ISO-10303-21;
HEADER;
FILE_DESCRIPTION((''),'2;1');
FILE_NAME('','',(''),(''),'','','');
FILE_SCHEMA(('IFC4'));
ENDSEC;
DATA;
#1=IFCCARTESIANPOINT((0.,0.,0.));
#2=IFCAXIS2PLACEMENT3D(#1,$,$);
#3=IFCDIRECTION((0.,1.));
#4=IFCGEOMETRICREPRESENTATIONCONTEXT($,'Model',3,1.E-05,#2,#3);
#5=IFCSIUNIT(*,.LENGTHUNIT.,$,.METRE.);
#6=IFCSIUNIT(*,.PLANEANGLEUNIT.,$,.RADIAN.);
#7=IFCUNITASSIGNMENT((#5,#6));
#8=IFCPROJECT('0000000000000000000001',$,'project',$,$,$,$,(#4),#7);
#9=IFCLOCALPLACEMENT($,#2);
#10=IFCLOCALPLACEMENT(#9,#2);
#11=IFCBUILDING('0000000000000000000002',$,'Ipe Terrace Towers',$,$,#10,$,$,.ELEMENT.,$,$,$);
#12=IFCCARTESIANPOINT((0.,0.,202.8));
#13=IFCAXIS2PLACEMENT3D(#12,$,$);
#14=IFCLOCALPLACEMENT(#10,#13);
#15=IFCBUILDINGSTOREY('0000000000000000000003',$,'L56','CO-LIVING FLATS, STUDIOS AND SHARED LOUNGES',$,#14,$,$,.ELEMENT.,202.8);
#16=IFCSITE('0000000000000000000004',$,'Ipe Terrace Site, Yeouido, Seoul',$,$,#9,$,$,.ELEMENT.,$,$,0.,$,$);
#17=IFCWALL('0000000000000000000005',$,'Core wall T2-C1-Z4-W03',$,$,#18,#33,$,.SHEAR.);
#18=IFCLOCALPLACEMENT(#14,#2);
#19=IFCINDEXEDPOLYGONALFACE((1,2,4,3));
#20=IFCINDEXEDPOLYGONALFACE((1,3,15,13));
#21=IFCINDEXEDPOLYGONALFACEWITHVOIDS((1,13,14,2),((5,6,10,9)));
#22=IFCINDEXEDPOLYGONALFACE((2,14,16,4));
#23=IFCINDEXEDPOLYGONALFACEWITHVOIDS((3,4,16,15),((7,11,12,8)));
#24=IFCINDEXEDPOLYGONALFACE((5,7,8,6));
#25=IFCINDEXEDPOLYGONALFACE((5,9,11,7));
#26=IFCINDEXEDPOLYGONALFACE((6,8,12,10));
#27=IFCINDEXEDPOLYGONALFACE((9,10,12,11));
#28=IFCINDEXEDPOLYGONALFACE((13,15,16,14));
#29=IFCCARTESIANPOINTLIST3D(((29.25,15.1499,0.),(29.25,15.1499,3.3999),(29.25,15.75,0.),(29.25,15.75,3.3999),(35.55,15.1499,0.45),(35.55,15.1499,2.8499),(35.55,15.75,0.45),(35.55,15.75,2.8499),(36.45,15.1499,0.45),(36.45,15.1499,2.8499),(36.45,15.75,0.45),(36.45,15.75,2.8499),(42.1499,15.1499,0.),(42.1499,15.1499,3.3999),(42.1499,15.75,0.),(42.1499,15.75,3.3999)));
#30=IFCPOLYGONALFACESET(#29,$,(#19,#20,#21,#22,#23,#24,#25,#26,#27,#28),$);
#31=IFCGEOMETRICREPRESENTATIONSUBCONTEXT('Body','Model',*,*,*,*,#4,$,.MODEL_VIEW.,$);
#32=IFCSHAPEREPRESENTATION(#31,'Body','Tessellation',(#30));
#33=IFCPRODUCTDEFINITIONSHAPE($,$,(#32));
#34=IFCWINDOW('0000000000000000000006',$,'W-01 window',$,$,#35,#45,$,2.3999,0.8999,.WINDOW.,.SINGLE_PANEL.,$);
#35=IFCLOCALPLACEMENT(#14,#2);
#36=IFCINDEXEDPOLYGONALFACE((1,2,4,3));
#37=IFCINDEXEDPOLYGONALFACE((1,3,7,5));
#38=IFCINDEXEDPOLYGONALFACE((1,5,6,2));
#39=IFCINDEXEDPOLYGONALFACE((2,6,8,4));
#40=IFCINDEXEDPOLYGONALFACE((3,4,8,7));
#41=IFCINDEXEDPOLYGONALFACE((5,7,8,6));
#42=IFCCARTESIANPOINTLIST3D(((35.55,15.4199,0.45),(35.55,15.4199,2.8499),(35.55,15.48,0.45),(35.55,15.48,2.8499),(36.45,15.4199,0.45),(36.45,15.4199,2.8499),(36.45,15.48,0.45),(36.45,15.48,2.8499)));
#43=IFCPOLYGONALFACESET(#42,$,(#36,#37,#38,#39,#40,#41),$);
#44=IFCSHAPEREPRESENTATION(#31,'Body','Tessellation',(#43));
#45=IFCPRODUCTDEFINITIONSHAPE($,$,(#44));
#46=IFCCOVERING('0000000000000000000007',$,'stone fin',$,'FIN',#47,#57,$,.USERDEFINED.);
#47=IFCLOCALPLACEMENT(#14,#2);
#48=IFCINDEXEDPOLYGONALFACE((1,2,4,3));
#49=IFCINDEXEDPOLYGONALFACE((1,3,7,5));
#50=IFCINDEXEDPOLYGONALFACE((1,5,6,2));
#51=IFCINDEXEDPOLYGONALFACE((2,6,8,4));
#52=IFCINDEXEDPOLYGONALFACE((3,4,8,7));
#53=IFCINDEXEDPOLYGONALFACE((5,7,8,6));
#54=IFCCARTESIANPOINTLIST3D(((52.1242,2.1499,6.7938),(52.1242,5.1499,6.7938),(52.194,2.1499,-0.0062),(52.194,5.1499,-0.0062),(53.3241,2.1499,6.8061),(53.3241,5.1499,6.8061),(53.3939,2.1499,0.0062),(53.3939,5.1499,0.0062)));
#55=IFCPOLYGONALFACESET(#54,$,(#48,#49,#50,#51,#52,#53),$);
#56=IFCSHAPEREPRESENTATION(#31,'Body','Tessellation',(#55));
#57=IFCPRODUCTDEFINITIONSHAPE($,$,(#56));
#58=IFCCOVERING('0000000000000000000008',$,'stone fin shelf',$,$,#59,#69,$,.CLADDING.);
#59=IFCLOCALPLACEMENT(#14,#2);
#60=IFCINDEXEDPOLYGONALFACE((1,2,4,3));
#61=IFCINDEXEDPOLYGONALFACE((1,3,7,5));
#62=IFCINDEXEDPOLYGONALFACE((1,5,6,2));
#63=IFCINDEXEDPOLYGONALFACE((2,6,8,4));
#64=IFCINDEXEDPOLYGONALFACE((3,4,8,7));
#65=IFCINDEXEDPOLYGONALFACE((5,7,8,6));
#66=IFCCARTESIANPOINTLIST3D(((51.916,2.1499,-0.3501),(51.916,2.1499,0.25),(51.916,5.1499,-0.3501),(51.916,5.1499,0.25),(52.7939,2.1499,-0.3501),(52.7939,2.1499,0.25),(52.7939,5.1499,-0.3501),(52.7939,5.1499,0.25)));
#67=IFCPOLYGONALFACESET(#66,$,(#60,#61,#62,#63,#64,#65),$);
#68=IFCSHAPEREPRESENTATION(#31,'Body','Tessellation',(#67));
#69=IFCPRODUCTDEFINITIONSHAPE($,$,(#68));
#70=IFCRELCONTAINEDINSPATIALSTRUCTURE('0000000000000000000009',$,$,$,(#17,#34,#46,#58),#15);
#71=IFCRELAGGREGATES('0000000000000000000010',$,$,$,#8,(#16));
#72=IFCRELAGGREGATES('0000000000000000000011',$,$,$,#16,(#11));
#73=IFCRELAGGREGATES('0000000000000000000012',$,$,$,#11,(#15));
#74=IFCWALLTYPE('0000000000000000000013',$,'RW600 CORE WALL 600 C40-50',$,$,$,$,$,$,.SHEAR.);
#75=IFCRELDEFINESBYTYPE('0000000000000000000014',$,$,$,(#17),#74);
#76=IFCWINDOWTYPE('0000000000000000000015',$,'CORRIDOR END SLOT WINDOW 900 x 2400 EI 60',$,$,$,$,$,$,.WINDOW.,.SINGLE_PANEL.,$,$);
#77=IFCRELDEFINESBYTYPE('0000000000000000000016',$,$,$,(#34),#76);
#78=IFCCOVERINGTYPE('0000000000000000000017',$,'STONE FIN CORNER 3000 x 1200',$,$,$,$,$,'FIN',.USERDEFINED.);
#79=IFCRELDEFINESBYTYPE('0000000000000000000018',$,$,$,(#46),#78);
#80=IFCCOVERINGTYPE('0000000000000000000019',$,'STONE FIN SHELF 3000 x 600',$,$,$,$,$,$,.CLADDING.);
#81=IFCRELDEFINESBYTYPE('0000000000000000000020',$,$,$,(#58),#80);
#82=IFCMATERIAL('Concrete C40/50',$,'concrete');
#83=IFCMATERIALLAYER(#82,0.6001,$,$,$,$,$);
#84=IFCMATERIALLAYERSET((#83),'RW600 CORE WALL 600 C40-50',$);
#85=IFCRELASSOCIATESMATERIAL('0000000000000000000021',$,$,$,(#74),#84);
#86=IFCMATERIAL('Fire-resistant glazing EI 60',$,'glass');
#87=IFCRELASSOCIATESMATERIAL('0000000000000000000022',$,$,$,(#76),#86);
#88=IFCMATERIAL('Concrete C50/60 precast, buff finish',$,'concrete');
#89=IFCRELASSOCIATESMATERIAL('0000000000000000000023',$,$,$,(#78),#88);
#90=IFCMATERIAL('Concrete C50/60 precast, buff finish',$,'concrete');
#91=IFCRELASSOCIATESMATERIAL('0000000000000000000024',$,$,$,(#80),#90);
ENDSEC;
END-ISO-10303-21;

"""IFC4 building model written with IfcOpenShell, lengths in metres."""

from ifc_helpers import new_model, si_unit, direction, frame, frame_2d, origin, origin_2d, place, context, subcontext, project, spatial, rectangle, extrude, material, layer, layer_set, material_profile, profile_set, type_object, element, fill, save


model = new_model("IFC4")

# Units and contexts
model_context = context("Model", 3, precision=1e-05, world=origin(), true_north=direction((0.0, 1.0)))
body_context = subcontext(model_context, "Body", "Model", "MODEL_VIEW")
ifc_project = project(units=[si_unit("LENGTHUNIT", "METRE"), si_unit("PLANEANGLEUNIT", "RADIAN")], contexts=[model_context])

# Site, building, storey
site_placement = place(None, origin())
site = spatial("IfcSite", under=ifc_project, at=site_placement, Name="Ipe Terrace Site, Yeouido, Seoul", CompositionType="ELEMENT", RefElevation=0.0)
building_placement = place(site_placement, origin())
building = spatial("IfcBuilding", under=site, at=building_placement, Name="Ipe Terrace Towers", CompositionType="ELEMENT")
storey_placement = place(building_placement, frame((0.0, 0.0, 202.8)))
storey = spatial("IfcBuildingStorey", under=building, at=storey_placement, Name="L56", Description="CO-LIVING FLATS, STUDIOS AND SHARED LOUNGES", CompositionType="ELEMENT", Elevation=202.8)

# Shared definitions
ifc_material_1 = material(Name="Concrete C40/50", Category="concrete")
ifc_layer_1 = layer(ifc_material_1, 0.6001)
ifc_layer_set_1 = layer_set([ifc_layer_1], Name="RW600 CORE WALL 600 C40-50")
wall_type_1 = type_object("IfcWallType", Name="RW600 CORE WALL 600 C40-50", PredefinedType="SHEAR", material=ifc_layer_set_1)

# Wall, opening, window
wall_1_placement = place(storey_placement, frame((42.1499, 15.45, 0.0), z_axis=(0.0, 0.0, 1.0), x_axis=(-1.0, 0.0, 0.0)))
wall_1 = element("IfcWall", 1, at=wall_1_placement, inside=storey, type_object=wall_type_1, Name="Core wall T2-C1-Z4-W03", PredefinedType="SHEAR", context=body_context, shape_type="SweptSolid", body=[
    extrude(rectangle(XDim=12.8999, YDim=0.6001, at=frame_2d((6.45, 0.0))), origin(), (0.0, 0.0, 1.0), 3.3999),
])
opening_1_placement = place(wall_1_placement, frame((5.7, 0.0, 0.45)))
opening_1 = element("IfcOpeningElement", 2, at=opening_1_placement, cuts=wall_1, PredefinedType="OPENING", context=body_context, shape_type="SweptSolid", body=[
    extrude(rectangle(XDim=0.8999, YDim=2.3999, at=frame_2d((0.45, 1.2))), frame((0.0, 0.3101, 0.0), z_axis=(0.0, -1.0, 0.0), x_axis=(1.0, 0.0, 0.0)), (0.0, 0.0, 1.0), 0.6201),
])
ifc_material_2 = material(Name="Fire-resistant glazing EI 60", Category="glass")
window_type = type_object("IfcWindowType", Name="CORRIDOR END SLOT WINDOW 900 x 2400 EI 60", PartitioningType="SINGLE_PANEL", PredefinedType="WINDOW", material=ifc_material_2)
window_placement = place(opening_1_placement, origin())
window = element("IfcWindow", 3, at=window_placement, inside=storey, type_object=window_type, Name="W-01 window", OverallHeight=2.3999, OverallWidth=0.8999, PartitioningType="SINGLE_PANEL", PredefinedType="WINDOW", context=body_context, shape_type="SweptSolid", body=[
    extrude(rectangle(XDim=0.8999, YDim=2.3999, at=frame_2d((0.45, 1.2))), frame((0.0, 0.03, 0.0), z_axis=(0.0, -1.0, 0.0), x_axis=(1.0, 0.0, 0.0)), (0.0, 0.0, 1.0), 0.0601),
])
fill(opening_1, window)

# Coverings
ifc_material_3 = material(Name="Concrete C50/60 precast, buff finish", Category="concrete")
ifc_material_profile_1 = material_profile(ifc_material_3, rectangle(XDim=3.0, YDim=1.2, at=origin_2d()), Name="STONE FIN CORNER 3000 x 1200")
ifc_profile_set_1 = profile_set([ifc_material_profile_1], Name="Concrete C50/60 precast, buff finish")
covering_type_1 = type_object("IfcCoveringType", Name="STONE FIN CORNER 3000 x 1200", ElementType="FIN", PredefinedType="USERDEFINED", material=ifc_profile_set_1)
covering_1_placement = place(storey_placement, frame((52.7939, 3.6499, 0.0), z_axis=(-0.010268, 0.0, 0.999947), x_axis=(0.0, 1.0, 0.0)))
element("IfcCovering", 4, at=covering_1_placement, inside=storey, type_object=covering_type_1, Name="stone fin", ObjectType="FIN", PredefinedType="USERDEFINED", context=body_context, shape_type="SweptSolid", body=[
    extrude(rectangle(XDim=3.0, YDim=1.2, at=origin_2d()), origin(), (0.0, 0.0, 1.0), 6.8003),
])
ifc_material_4 = material(Name="Concrete C50/60 precast, buff finish", Category="concrete")
covering_type_2 = type_object("IfcCoveringType", Name="STONE FIN SHELF 3000 x 600", PredefinedType="CLADDING", material=ifc_material_4)
covering_2_placement = place(storey_placement, frame((52.355, 3.6499, -0.3501), z_axis=(0.0, 0.0, 1.0), x_axis=(0.0, 1.0, 0.0)))
element("IfcCovering", 5, at=covering_2_placement, inside=storey, type_object=covering_type_2, Name="stone fin shelf", PredefinedType="CLADDING", context=body_context, shape_type="SweptSolid", body=[
    extrude(rectangle(XDim=3.0, YDim=0.8779, at=origin_2d()), origin(), (0.0, 0.0, 1.0), 0.6001),
])

save(model, "model.ifc")
